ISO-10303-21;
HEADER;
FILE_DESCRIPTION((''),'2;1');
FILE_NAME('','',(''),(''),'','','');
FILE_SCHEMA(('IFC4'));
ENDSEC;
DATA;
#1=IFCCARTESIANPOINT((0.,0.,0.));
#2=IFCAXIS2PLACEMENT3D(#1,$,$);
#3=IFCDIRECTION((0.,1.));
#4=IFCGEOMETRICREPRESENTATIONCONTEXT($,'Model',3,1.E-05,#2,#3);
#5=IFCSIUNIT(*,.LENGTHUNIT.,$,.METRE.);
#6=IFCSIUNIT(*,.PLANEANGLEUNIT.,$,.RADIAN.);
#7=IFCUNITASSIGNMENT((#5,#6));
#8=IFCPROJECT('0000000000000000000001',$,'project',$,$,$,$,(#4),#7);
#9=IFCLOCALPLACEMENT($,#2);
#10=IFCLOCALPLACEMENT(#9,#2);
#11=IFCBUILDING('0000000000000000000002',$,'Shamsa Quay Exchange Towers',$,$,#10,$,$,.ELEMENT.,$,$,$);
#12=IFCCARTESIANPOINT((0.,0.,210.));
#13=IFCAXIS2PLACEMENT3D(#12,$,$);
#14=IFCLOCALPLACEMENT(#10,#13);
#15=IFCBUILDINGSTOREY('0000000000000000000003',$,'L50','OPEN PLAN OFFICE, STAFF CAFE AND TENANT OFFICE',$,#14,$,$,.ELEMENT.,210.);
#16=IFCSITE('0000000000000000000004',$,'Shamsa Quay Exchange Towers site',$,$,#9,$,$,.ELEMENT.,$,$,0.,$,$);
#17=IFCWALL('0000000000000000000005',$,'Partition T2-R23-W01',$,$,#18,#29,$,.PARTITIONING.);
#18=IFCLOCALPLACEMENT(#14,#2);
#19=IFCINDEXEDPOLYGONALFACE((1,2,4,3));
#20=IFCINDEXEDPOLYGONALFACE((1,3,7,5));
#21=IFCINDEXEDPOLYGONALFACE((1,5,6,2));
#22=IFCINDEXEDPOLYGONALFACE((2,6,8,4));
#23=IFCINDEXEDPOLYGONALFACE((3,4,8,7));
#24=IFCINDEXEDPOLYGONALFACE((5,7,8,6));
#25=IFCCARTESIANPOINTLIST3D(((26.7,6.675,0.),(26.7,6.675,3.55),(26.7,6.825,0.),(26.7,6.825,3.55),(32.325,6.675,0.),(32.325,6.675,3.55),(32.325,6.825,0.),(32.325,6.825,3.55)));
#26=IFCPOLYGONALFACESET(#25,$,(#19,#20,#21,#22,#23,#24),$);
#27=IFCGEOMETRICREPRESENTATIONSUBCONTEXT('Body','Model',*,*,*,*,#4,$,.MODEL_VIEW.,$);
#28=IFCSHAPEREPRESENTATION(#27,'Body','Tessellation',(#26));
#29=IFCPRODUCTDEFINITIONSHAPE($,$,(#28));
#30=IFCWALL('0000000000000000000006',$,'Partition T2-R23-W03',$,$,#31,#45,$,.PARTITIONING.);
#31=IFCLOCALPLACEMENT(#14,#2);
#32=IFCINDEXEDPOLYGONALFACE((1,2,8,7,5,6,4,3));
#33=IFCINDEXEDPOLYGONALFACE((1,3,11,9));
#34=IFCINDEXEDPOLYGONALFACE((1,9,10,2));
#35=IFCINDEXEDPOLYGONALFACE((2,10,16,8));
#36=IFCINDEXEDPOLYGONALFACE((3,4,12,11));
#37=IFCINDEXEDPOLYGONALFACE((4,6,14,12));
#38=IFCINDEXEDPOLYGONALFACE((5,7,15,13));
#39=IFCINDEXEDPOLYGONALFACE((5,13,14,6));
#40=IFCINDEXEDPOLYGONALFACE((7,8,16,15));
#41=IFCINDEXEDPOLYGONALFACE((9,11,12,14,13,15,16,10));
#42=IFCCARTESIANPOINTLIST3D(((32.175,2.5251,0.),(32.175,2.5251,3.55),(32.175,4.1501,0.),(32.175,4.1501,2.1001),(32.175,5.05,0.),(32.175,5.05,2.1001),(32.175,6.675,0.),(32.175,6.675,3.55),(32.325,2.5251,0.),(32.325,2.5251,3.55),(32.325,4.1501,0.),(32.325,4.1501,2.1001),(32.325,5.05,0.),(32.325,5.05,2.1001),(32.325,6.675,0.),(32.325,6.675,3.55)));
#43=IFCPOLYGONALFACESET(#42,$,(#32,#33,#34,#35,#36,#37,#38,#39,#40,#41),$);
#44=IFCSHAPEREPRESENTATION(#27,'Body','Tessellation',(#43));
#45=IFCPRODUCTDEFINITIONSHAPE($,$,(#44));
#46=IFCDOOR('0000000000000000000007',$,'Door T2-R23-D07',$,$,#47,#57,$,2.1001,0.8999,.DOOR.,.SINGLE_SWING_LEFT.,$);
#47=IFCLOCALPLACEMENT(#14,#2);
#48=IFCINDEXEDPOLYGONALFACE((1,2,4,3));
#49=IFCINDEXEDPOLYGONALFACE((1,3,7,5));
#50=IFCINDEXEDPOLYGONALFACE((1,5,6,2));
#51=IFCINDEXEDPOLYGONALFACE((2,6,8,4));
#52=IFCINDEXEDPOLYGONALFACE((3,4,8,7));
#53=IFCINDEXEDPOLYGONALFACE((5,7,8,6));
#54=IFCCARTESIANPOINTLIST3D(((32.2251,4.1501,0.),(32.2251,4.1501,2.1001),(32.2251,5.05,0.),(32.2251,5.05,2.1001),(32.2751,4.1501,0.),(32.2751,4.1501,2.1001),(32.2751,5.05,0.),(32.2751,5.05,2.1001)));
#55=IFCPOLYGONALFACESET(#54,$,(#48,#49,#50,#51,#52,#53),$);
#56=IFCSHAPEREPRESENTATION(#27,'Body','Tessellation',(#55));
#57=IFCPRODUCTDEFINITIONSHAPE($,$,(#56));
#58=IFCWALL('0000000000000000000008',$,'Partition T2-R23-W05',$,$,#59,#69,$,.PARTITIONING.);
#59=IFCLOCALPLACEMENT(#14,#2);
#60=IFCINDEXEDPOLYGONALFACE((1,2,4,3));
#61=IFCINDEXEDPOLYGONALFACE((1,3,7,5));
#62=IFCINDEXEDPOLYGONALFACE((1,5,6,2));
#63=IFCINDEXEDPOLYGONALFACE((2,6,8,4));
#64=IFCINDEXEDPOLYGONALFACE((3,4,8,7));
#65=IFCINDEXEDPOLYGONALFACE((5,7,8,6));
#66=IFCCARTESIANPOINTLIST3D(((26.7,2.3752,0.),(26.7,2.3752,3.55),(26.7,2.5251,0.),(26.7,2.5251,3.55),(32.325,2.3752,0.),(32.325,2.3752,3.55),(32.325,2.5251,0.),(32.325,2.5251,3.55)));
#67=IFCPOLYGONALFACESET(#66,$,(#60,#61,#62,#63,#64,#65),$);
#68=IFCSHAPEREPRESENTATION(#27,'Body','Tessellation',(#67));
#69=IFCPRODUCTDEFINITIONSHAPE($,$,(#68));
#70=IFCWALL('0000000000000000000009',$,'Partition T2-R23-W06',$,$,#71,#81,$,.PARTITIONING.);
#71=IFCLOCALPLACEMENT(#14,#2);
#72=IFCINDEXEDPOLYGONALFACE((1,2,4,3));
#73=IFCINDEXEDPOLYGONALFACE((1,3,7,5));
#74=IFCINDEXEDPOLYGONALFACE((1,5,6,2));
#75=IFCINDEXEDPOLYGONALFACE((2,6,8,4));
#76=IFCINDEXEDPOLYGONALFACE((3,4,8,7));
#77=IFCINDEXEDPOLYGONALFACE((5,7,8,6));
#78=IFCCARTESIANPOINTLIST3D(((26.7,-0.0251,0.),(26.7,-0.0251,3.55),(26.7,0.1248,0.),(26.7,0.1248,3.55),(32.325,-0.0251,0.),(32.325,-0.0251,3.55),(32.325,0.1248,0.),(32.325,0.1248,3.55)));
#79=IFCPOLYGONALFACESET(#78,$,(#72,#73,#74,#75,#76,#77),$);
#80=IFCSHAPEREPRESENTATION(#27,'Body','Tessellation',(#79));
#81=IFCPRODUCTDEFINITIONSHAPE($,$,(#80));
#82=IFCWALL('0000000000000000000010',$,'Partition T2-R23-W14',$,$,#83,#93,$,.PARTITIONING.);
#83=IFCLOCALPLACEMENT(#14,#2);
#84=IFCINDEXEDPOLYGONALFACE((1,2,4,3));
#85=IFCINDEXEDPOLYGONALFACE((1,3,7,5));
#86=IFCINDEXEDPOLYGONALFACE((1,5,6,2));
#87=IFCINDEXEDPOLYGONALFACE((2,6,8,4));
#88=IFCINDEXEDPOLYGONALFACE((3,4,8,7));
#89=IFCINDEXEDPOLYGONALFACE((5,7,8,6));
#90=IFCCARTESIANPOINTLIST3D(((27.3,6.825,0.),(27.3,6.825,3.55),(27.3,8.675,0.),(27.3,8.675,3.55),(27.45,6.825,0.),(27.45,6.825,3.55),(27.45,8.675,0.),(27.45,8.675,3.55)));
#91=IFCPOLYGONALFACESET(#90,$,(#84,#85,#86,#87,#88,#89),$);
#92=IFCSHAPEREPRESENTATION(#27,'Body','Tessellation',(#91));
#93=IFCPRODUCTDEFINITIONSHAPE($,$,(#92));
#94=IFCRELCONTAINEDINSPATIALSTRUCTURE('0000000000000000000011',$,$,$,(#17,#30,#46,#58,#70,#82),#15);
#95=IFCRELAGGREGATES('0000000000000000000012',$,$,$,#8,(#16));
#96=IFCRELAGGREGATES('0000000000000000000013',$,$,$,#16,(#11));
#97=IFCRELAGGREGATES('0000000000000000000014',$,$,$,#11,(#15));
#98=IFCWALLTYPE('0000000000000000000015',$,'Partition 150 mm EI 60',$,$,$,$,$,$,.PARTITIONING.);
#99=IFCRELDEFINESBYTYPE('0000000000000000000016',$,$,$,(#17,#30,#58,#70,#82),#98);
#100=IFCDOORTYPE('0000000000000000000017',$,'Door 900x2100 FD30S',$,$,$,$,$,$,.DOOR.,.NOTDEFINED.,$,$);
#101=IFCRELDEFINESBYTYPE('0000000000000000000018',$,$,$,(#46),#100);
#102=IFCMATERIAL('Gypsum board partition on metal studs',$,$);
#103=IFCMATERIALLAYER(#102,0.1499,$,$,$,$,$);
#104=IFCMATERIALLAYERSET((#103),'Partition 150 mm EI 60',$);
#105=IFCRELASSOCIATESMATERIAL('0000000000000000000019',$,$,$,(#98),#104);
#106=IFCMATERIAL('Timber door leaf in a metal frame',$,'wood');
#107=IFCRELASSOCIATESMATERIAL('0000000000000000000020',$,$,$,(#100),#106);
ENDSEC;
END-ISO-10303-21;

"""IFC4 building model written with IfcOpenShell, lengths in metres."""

from ifc_helpers import new_model, si_unit, direction, frame, frame_2d, origin, place, context, subcontext, project, spatial, rectangle, extrude, material, layer, layer_set, type_object, element, fill, save


model = new_model("IFC4")

# Units and contexts
model_context = context("Model", 3, precision=1e-05, world=origin(), true_north=direction((0.0, 1.0)))
body_context = subcontext(model_context, "Body", "Model", "MODEL_VIEW")
ifc_project = project(units=[si_unit("LENGTHUNIT", "METRE"), si_unit("PLANEANGLEUNIT", "RADIAN")], contexts=[model_context])

# Site, building, storey
site_placement = place(None, origin())
site = spatial("IfcSite", under=ifc_project, at=site_placement, Name="Shamsa Quay Exchange Towers site", CompositionType="ELEMENT", RefElevation=0.0)
building_placement = place(site_placement, origin())
building = spatial("IfcBuilding", under=site, at=building_placement, Name="Shamsa Quay Exchange Towers", CompositionType="ELEMENT")
storey_placement = place(building_placement, frame((0.0, 0.0, 210.0)))
storey = spatial("IfcBuildingStorey", under=building, at=storey_placement, Name="L50", Description="OPEN PLAN OFFICE, STAFF CAFE AND TENANT OFFICE", CompositionType="ELEMENT", Elevation=210.0)

# Shared definitions
ifc_material_1 = material(Name="Gypsum board partition on metal studs")

# Shared definitions
ifc_material_2 = material(Name="Timber door leaf in a metal frame", Category="wood")

# Wall
ifc_layer_1 = layer(ifc_material_1, 0.1499)
ifc_layer_set_1 = layer_set([ifc_layer_1], Name="Partition 150 mm EI 60")
wall_type_1 = type_object("IfcWallType", Name="Partition 150 mm EI 60", PredefinedType="PARTITIONING", material=ifc_layer_set_1)
wall_1_placement = place(storey_placement, frame((32.325, 6.75, 0.0), z_axis=(0.0, 0.0, 1.0), x_axis=(-1.0, 0.0, 0.0)))
element("IfcWall", 1, at=wall_1_placement, inside=storey, type_object=wall_type_1, Name="Partition T2-R23-W01", PredefinedType="PARTITIONING", context=body_context, shape_type="SweptSolid", body=[
    extrude(rectangle(XDim=5.625, YDim=0.1499, at=frame_2d((2.8125, 0.0))), origin(), (0.0, 0.0, 1.0), 3.55),
])

# Wall, opening, door
wall_2_placement = place(storey_placement, frame((32.25, 2.5251, 0.0), z_axis=(0.0, 0.0, 1.0), x_axis=(0.0, 1.0, 0.0)))
wall_2 = element("IfcWall", 2, at=wall_2_placement, inside=storey, type_object=wall_type_1, Name="Partition T2-R23-W03", PredefinedType="PARTITIONING", context=body_context, shape_type="SweptSolid", body=[
    extrude(rectangle(XDim=4.1499, YDim=0.1499, at=frame_2d((2.075, 0.0))), origin(), (0.0, 0.0, 1.0), 3.55),
])
opening_1_placement = place(wall_2_placement, frame((1.625, 0.0, 0.0)))
opening_1 = element("IfcOpeningElement", 3, at=opening_1_placement, cuts=wall_2, PredefinedType="OPENING", context=body_context, shape_type="SweptSolid", body=[
    extrude(rectangle(XDim=0.8999, YDim=2.1001, at=frame_2d((0.45, 1.05))), frame((0.0, 0.085, 0.0), z_axis=(0.0, -1.0, 0.0), x_axis=(1.0, 0.0, 0.0)), (0.0, 0.0, 1.0), 0.1699),
])
door_type_1 = type_object("IfcDoorType", Name="Door 900x2100 FD30S", OperationType="NOTDEFINED", PredefinedType="DOOR", material=ifc_material_2)
door_1_placement = place(opening_1_placement, origin())
door_1 = element("IfcDoor", 4, at=door_1_placement, inside=storey, type_object=door_type_1, Name="Door T2-R23-D07", OperationType="SINGLE_SWING_LEFT", OverallHeight=2.1001, OverallWidth=0.8999, PredefinedType="DOOR", context=body_context, shape_type="SweptSolid", body=[
    extrude(rectangle(XDim=0.8999, YDim=2.1001, at=frame_2d((0.45, 1.05))), frame((0.0, 0.0249, 0.0), z_axis=(0.0, -1.0, 0.0), x_axis=(1.0, 0.0, 0.0)), (0.0, 0.0, 1.0), 0.05),
])
fill(opening_1, door_1)

# Walls
wall_3_placement = place(storey_placement, frame((26.7, 2.4502, 0.0)))
element("IfcWall", 5, at=wall_3_placement, inside=storey, type_object=wall_type_1, Name="Partition T2-R23-W05", PredefinedType="PARTITIONING", context=body_context, shape_type="SweptSolid", body=[
    extrude(rectangle(XDim=5.625, YDim=0.1499, at=frame_2d((2.8125, 0.0))), origin(), (0.0, 0.0, 1.0), 3.55),
])
wall_4_placement = place(storey_placement, frame((32.325, 0.0498, 0.0), z_axis=(0.0, 0.0, 1.0), x_axis=(-1.0, 0.0, 0.0)))
element("IfcWall", 6, at=wall_4_placement, inside=storey, type_object=wall_type_1, Name="Partition T2-R23-W06", PredefinedType="PARTITIONING", context=body_context, shape_type="SweptSolid", body=[
    extrude(rectangle(XDim=5.625, YDim=0.1499, at=frame_2d((2.8125, 0.0))), origin(), (0.0, 0.0, 1.0), 3.55),
])
wall_5_placement = place(storey_placement, frame((27.375, 8.675, 0.0), z_axis=(0.0, 0.0, 1.0), x_axis=(0.0, -1.0, 0.0)))
element("IfcWall", 7, at=wall_5_placement, inside=storey, type_object=wall_type_1, Name="Partition T2-R23-W14", PredefinedType="PARTITIONING", context=body_context, shape_type="SweptSolid", body=[
    extrude(rectangle(XDim=1.8501, YDim=0.1499, at=frame_2d((0.925, 0.0))), origin(), (0.0, 0.0, 1.0), 3.55),
])

save(model, "model.ifc")
